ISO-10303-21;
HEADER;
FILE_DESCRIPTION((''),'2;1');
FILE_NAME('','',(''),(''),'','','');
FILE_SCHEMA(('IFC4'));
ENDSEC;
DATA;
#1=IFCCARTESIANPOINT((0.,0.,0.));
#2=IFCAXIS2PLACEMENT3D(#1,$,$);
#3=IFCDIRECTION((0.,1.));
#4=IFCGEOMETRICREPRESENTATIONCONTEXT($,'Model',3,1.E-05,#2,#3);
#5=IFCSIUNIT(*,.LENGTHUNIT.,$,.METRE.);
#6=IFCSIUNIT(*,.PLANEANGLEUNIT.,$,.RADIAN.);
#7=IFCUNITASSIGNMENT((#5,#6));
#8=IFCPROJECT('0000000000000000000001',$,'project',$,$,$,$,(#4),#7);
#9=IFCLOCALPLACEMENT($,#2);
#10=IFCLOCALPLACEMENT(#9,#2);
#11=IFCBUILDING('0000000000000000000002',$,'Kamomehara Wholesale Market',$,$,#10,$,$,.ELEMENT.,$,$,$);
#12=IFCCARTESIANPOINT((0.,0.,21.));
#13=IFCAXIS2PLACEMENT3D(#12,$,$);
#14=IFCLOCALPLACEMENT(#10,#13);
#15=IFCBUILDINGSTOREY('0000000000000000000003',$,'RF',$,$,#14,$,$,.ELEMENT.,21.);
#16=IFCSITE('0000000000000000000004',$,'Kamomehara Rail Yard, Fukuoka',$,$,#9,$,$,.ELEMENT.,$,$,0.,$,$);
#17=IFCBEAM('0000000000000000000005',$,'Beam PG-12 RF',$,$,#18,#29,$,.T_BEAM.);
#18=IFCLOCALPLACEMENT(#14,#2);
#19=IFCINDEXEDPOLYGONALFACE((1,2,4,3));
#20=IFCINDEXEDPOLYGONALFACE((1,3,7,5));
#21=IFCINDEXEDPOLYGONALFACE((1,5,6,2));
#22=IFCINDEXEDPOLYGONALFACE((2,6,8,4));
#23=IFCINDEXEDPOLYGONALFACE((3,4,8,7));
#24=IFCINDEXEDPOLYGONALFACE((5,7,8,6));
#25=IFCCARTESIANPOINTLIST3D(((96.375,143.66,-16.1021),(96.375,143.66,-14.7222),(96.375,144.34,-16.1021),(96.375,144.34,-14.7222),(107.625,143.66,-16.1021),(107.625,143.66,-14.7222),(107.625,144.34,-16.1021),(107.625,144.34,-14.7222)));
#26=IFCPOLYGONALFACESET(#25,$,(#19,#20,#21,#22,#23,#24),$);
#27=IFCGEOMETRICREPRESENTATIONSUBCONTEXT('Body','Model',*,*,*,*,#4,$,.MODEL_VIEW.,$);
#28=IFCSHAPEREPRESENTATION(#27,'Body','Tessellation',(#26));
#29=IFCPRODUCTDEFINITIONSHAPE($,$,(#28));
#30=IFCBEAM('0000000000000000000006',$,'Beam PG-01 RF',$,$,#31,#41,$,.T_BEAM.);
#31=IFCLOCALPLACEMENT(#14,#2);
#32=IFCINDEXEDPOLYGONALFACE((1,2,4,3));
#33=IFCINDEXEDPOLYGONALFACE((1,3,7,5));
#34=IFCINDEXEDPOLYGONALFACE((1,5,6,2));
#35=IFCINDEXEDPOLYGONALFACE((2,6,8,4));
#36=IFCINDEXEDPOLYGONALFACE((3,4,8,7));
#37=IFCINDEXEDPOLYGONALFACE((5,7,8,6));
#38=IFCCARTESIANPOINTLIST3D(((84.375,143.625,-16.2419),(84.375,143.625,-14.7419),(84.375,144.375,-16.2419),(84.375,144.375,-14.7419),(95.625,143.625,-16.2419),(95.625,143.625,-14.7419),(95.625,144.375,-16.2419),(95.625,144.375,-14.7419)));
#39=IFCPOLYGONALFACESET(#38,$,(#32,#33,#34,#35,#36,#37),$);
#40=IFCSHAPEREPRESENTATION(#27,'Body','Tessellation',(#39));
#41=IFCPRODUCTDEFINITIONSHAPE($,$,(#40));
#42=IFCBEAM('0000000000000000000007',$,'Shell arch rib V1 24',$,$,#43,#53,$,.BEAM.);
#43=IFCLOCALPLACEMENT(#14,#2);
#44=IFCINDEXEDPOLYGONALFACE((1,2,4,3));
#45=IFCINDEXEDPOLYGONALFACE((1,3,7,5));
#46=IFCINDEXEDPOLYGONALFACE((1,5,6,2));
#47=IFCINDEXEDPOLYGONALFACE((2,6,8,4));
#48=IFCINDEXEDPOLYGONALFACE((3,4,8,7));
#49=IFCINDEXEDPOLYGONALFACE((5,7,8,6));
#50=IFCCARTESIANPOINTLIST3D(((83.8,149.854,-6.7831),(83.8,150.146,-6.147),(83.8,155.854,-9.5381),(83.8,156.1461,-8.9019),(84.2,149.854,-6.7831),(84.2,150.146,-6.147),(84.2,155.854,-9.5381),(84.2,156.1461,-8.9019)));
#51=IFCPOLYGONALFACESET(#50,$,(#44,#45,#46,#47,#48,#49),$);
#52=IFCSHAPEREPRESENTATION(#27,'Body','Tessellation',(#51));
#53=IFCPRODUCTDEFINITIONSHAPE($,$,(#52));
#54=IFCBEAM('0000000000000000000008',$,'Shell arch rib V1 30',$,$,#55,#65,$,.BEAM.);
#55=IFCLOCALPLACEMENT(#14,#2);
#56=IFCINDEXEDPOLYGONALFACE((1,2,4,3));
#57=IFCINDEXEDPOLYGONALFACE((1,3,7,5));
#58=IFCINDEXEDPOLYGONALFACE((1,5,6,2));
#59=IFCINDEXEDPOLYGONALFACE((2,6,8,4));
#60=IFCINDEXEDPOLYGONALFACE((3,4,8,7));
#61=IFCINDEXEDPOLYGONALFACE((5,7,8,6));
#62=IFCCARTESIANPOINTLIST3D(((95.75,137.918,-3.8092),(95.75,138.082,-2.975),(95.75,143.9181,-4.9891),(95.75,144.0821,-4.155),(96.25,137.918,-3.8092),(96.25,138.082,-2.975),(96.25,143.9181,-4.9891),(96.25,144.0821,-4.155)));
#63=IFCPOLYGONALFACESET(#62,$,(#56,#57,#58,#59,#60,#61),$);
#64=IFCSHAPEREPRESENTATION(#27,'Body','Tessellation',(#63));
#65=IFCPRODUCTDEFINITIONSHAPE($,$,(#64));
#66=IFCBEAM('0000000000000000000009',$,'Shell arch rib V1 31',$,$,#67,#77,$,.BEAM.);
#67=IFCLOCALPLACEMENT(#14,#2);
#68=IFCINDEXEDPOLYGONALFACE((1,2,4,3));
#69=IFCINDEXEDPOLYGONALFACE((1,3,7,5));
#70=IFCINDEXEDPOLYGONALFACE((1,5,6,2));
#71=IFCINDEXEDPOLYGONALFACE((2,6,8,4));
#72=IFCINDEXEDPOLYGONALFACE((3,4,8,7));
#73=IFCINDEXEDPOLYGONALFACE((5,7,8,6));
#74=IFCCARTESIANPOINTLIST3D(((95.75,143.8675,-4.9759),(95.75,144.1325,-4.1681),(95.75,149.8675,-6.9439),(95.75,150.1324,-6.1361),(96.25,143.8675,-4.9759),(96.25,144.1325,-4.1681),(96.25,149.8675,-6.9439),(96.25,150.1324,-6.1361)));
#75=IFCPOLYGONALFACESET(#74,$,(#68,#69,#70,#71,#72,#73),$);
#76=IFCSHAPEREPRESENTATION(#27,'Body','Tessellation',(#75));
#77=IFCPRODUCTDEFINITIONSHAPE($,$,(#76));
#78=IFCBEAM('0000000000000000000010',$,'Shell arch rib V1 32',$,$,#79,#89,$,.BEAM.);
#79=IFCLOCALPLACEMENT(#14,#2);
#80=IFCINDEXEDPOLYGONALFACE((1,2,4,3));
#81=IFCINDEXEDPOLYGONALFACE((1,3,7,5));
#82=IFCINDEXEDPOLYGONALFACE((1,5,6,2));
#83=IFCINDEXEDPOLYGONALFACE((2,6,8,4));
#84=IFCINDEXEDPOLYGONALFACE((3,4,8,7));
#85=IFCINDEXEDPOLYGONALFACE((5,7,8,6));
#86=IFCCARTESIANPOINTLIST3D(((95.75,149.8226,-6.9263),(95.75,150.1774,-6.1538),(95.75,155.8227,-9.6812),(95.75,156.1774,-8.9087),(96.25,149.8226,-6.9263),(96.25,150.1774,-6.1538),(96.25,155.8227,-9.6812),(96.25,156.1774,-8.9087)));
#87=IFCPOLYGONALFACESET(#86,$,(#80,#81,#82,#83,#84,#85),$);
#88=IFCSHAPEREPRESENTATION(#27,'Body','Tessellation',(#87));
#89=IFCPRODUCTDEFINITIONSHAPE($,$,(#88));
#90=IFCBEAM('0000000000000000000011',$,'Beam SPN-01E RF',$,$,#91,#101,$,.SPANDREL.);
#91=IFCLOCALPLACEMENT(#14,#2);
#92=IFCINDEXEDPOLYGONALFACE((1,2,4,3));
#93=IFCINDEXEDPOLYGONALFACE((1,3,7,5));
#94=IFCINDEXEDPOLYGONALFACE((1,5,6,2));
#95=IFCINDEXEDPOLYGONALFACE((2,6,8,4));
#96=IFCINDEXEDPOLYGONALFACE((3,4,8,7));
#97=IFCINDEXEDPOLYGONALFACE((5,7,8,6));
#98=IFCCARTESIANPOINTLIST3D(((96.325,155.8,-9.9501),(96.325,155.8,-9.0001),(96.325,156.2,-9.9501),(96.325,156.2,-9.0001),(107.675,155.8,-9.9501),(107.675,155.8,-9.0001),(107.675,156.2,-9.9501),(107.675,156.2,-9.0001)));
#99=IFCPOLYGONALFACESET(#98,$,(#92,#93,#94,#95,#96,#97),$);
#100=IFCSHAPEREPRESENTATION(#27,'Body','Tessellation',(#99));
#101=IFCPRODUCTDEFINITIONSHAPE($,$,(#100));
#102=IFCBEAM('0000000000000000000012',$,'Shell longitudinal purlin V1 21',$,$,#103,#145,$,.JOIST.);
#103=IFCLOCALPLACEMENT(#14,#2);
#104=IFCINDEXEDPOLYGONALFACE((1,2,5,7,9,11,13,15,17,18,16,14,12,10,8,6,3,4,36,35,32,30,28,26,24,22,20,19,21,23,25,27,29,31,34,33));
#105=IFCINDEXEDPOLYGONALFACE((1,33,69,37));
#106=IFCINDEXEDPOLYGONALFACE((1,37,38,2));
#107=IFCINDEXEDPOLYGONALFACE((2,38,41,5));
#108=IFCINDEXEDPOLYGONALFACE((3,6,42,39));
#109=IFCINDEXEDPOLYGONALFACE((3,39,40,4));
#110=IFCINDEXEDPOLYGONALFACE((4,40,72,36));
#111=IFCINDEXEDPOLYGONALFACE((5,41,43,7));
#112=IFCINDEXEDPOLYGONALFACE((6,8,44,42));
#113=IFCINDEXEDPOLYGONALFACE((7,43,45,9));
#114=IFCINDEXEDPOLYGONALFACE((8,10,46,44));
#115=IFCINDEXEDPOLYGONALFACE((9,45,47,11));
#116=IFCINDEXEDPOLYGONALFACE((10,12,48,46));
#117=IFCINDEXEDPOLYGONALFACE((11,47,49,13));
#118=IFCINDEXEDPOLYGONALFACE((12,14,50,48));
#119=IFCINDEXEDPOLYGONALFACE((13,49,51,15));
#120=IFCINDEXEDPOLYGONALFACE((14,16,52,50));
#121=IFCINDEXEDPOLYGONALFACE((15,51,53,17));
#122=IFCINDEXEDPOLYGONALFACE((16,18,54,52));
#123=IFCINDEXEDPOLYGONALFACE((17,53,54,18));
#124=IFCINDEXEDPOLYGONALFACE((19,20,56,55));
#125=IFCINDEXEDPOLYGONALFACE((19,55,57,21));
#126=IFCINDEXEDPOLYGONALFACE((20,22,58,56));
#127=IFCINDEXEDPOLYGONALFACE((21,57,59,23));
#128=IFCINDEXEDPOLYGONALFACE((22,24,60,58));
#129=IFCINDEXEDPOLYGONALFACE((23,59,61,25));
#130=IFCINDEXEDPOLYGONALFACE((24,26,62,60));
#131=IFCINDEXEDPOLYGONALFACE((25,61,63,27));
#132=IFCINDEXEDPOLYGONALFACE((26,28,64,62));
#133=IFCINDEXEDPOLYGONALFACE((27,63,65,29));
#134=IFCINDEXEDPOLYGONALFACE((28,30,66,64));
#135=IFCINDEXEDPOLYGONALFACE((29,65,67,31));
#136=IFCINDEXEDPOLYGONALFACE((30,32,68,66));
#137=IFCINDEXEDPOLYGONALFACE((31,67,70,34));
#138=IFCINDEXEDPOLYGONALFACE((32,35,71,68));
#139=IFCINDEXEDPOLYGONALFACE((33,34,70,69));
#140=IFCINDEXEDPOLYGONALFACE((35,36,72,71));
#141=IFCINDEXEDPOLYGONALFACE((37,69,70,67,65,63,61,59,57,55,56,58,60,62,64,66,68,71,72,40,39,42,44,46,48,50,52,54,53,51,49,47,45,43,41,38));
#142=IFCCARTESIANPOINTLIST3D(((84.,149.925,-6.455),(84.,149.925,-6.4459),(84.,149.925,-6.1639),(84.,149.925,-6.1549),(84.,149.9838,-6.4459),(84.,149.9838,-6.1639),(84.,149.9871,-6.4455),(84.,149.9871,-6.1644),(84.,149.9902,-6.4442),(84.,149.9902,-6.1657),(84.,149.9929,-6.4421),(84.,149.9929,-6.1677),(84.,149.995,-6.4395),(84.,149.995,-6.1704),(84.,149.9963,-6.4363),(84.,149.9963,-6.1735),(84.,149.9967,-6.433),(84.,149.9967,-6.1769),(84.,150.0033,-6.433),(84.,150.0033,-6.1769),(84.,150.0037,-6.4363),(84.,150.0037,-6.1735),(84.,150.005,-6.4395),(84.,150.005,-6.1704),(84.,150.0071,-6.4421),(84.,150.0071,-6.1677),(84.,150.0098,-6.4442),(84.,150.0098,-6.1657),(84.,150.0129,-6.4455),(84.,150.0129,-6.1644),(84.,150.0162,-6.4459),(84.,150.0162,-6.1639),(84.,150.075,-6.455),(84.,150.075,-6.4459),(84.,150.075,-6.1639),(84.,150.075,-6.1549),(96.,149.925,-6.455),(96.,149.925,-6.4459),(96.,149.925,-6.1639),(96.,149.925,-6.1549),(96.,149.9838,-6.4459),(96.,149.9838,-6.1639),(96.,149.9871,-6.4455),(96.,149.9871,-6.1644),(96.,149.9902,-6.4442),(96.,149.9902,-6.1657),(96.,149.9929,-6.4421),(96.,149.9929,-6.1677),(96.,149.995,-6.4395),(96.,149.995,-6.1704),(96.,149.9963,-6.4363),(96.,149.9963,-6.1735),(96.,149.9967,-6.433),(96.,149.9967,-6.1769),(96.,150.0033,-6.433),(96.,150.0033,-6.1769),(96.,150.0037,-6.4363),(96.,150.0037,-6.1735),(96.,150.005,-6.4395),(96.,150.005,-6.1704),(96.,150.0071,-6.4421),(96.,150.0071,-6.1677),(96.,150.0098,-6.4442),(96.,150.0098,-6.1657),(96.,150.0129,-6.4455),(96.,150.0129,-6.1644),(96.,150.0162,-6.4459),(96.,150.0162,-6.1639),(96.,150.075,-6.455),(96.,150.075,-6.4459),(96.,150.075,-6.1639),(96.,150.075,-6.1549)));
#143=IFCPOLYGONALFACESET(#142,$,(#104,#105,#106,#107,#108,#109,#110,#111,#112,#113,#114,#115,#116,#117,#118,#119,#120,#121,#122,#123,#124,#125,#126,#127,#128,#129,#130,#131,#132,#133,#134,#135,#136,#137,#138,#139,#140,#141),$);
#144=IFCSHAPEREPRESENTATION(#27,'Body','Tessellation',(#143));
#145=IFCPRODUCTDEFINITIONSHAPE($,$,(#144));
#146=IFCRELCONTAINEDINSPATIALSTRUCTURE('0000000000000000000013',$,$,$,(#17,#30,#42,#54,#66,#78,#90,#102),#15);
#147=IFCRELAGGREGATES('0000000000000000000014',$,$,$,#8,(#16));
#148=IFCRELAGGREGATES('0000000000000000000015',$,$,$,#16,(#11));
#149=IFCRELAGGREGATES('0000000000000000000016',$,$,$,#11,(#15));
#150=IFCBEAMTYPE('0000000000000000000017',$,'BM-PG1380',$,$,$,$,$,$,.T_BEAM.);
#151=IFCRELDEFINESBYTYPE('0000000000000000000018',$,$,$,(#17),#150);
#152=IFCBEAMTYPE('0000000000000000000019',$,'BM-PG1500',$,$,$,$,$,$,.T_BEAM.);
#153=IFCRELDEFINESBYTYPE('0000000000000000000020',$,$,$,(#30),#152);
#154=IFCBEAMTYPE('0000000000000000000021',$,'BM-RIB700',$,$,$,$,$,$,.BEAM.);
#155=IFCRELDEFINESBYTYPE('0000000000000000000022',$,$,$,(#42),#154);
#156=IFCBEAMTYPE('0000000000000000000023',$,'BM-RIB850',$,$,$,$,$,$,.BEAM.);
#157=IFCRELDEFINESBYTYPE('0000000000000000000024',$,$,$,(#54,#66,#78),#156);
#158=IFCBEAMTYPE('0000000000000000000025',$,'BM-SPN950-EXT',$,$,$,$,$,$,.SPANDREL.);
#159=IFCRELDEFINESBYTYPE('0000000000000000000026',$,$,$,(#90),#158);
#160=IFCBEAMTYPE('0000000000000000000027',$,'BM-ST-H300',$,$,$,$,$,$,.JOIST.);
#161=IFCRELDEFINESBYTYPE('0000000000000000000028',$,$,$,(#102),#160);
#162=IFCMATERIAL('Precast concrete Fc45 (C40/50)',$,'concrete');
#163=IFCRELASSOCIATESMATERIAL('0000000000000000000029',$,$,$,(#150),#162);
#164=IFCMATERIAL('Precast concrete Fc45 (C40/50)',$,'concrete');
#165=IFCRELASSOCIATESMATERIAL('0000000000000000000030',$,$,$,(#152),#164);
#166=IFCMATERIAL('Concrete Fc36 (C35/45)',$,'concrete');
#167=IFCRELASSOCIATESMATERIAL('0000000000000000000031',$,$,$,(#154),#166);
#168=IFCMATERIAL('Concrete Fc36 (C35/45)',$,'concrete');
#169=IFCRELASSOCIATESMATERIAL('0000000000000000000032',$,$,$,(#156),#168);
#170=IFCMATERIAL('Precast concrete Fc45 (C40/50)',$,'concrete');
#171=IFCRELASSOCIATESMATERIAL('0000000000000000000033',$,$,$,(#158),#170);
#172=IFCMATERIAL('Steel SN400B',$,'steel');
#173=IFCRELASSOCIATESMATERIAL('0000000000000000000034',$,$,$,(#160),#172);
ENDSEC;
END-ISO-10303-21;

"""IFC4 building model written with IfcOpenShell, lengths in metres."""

from ifc_helpers import new_model, si_unit, direction, frame, origin, origin_2d, place, context, subcontext, project, spatial, rectangle, i_section, extrude, material, material_profile, profile_set, type_object, element, save


model = new_model("IFC4")

# Units and contexts
model_context = context("Model", 3, precision=1e-05, world=origin(), true_north=direction((0.0, 1.0)))
body_context = subcontext(model_context, "Body", "Model", "MODEL_VIEW")
ifc_project = project(units=[si_unit("LENGTHUNIT", "METRE"), si_unit("PLANEANGLEUNIT", "RADIAN")], contexts=[model_context])

# Site, building, storey
site_placement = place(None, origin())
site = spatial("IfcSite", under=ifc_project, at=site_placement, Name="Kamomehara Rail Yard, Fukuoka", CompositionType="ELEMENT", RefElevation=0.0)
building_placement = place(site_placement, origin())
building = spatial("IfcBuilding", under=site, at=building_placement, Name="Kamomehara Wholesale Market", CompositionType="ELEMENT")
storey_placement = place(building_placement, frame((0.0, 0.0, 21.0)))
storey = spatial("IfcBuildingStorey", under=building, at=storey_placement, Name="RF", CompositionType="ELEMENT", Elevation=21.0)

# Beams
ifc_material_1 = material(Name="Precast concrete Fc45 (C40/50)", Category="concrete")
ifc_material_profile_1 = material_profile(ifc_material_1, rectangle(XDim=0.6799, YDim=1.3799, at=origin_2d()), Name="PC-GRD-680x1380")
ifc_profile_set_1 = profile_set([ifc_material_profile_1], Name="Precast concrete Fc45 (C40/50)")
beam_type_1 = type_object("IfcBeamType", Name="BM-PG1380", PredefinedType="T_BEAM", material=ifc_profile_set_1)
beam_1_placement = place(storey_placement, frame((96.375, 144.0, -15.4121), z_axis=(1.0, 0.0, 0.0), x_axis=(0.0, 1.0, 0.0)))
element("IfcBeam", 1, at=beam_1_placement, inside=storey, type_object=beam_type_1, Name="Beam PG-12 RF", PredefinedType="T_BEAM", context=body_context, shape_type="SweptSolid", body=[
    extrude(rectangle(XDim=0.6799, YDim=1.3799, at=origin_2d()), origin(), (0.0, 0.0, 1.0), 11.25),
])
ifc_material_2 = material(Name="Precast concrete Fc45 (C40/50)", Category="concrete")
ifc_material_profile_2 = material_profile(ifc_material_2, rectangle(XDim=0.75, YDim=1.5, at=origin_2d()), Name="PC-GRD-750x1500")
ifc_profile_set_2 = profile_set([ifc_material_profile_2], Name="Precast concrete Fc45 (C40/50)")
beam_type_2 = type_object("IfcBeamType", Name="BM-PG1500", PredefinedType="T_BEAM", material=ifc_profile_set_2)
beam_2_placement = place(storey_placement, frame((84.375, 144.0, -15.4919), z_axis=(1.0, 0.0, 0.0), x_axis=(0.0, 1.0, 0.0)))
element("IfcBeam", 2, at=beam_2_placement, inside=storey, type_object=beam_type_2, Name="Beam PG-01 RF", PredefinedType="T_BEAM", context=body_context, shape_type="SweptSolid", body=[
    extrude(rectangle(XDim=0.75, YDim=1.5, at=origin_2d()), origin(), (0.0, 0.0, 1.0), 11.25),
])
ifc_material_3 = material(Name="Concrete Fc36 (C35/45)", Category="concrete")
ifc_material_profile_3 = material_profile(ifc_material_3, rectangle(XDim=0.3999, YDim=0.7, at=origin_2d()), Name="RC-RIB-400x700")
ifc_profile_set_3 = profile_set([ifc_material_profile_3], Name="Concrete Fc36 (C35/45)")
beam_type_3 = type_object("IfcBeamType", Name="BM-RIB700", PredefinedType="BEAM", material=ifc_profile_set_3)
beam_3_placement = place(storey_placement, frame((84.0, 150.0, -6.4651), z_axis=(0.0, 0.908784, -0.417266), x_axis=(-1.0, 0.0, 0.0)))
element("IfcBeam", 3, at=beam_3_placement, inside=storey, type_object=beam_type_3, Name="Shell arch rib V1 24", PredefinedType="BEAM", context=body_context, shape_type="SweptSolid", body=[
    extrude(rectangle(XDim=0.3999, YDim=0.7, at=origin_2d()), origin(), (0.0, 0.0, 1.0), 6.6023),
])
ifc_material_4 = material(Name="Concrete Fc36 (C35/45)", Category="concrete")
ifc_material_profile_4 = material_profile(ifc_material_4, rectangle(XDim=0.5, YDim=0.8501, at=origin_2d()), Name="RC-RIB-500x850")
ifc_profile_set_4 = profile_set([ifc_material_profile_4], Name="Concrete Fc36 (C35/45)")
beam_type_4 = type_object("IfcBeamType", Name="BM-RIB850", PredefinedType="BEAM", material=ifc_profile_set_4)
beam_4_placement = place(storey_placement, frame((96.0, 138.0, -3.3921), z_axis=(0.0, 0.981207, -0.192959), x_axis=(-1.0, 0.0, 0.0)))
element("IfcBeam", 4, at=beam_4_placement, inside=storey, type_object=beam_type_4, Name="Shell arch rib V1 30", PredefinedType="BEAM", context=body_context, shape_type="SweptSolid", body=[
    extrude(rectangle(XDim=0.5, YDim=0.8501, at=origin_2d()), origin(), (0.0, 0.0, 1.0), 6.115),
])
beam_5_placement = place(storey_placement, frame((96.0, 144.0, -4.572), z_axis=(0.0, 0.950192, -0.311666), x_axis=(-1.0, 0.0, 0.0)))
element("IfcBeam", 5, at=beam_5_placement, inside=storey, type_object=beam_type_4, Name="Shell arch rib V1 31", PredefinedType="BEAM", context=body_context, shape_type="SweptSolid", body=[
    extrude(rectangle(XDim=0.5, YDim=0.8501, at=origin_2d()), origin(), (0.0, 0.0, 1.0), 6.3145),
])
beam_6_placement = place(storey_placement, frame((96.0, 150.0, -6.54), z_axis=(0.0, 0.908784, -0.417266), x_axis=(-1.0, 0.0, 0.0)))
element("IfcBeam", 6, at=beam_6_placement, inside=storey, type_object=beam_type_4, Name="Shell arch rib V1 32", PredefinedType="BEAM", context=body_context, shape_type="SweptSolid", body=[
    extrude(rectangle(XDim=0.5, YDim=0.8501, at=origin_2d()), origin(), (0.0, 0.0, 1.0), 6.6023),
])
ifc_material_5 = material(Name="Precast concrete Fc45 (C40/50)", Category="concrete")
ifc_material_profile_5 = material_profile(ifc_material_5, rectangle(XDim=0.3999, YDim=0.95, at=origin_2d()), Name="PC-SPN-400x950")
ifc_profile_set_5 = profile_set([ifc_material_profile_5], Name="Precast concrete Fc45 (C40/50)")
beam_type_5 = type_object("IfcBeamType", Name="BM-SPN950-EXT", PredefinedType="SPANDREL", material=ifc_profile_set_5)
beam_7_placement = place(storey_placement, frame((96.325, 156.0, -9.4751), z_axis=(1.0, 0.0, 0.0), x_axis=(0.0, 1.0, 0.0)))
element("IfcBeam", 7, at=beam_7_placement, inside=storey, type_object=beam_type_5, Name="Beam SPN-01E RF", PredefinedType="SPANDREL", context=body_context, shape_type="SweptSolid", body=[
    extrude(rectangle(XDim=0.3999, YDim=0.95, at=origin_2d()), origin(), (0.0, 0.0, 1.0), 11.3501),
])
ifc_material_6 = material(Name="Steel SN400B", Category="steel")
ifc_material_profile_6 = material_profile(ifc_material_6, i_section(OverallWidth=0.1499, OverallDepth=0.3, WebThickness=0.0066, FlangeThickness=0.009, FilletRadius=0.0129, at=origin_2d()), Name="H-300x150x6.5x9")
ifc_profile_set_6 = profile_set([ifc_material_profile_6], Name="Steel SN400B")
beam_type_6 = type_object("IfcBeamType", Name="BM-ST-H300", PredefinedType="JOIST", material=ifc_profile_set_6)
beam_8_placement = place(storey_placement, frame((84.0, 150.0, -6.3049), z_axis=(1.0, 0.0, 0.0), x_axis=(0.0, 1.0, 0.0)))
element("IfcBeam", 8, at=beam_8_placement, inside=storey, type_object=beam_type_6, Name="Shell longitudinal purlin V1 21", PredefinedType="JOIST", context=body_context, shape_type="SweptSolid", body=[
    extrude(i_section(OverallWidth=0.1499, OverallDepth=0.3, WebThickness=0.0066, FlangeThickness=0.009, FilletRadius=0.0129, at=origin_2d()), origin(), (0.0, 0.0, 1.0), 12.0),
])

save(model, "model.ifc")
